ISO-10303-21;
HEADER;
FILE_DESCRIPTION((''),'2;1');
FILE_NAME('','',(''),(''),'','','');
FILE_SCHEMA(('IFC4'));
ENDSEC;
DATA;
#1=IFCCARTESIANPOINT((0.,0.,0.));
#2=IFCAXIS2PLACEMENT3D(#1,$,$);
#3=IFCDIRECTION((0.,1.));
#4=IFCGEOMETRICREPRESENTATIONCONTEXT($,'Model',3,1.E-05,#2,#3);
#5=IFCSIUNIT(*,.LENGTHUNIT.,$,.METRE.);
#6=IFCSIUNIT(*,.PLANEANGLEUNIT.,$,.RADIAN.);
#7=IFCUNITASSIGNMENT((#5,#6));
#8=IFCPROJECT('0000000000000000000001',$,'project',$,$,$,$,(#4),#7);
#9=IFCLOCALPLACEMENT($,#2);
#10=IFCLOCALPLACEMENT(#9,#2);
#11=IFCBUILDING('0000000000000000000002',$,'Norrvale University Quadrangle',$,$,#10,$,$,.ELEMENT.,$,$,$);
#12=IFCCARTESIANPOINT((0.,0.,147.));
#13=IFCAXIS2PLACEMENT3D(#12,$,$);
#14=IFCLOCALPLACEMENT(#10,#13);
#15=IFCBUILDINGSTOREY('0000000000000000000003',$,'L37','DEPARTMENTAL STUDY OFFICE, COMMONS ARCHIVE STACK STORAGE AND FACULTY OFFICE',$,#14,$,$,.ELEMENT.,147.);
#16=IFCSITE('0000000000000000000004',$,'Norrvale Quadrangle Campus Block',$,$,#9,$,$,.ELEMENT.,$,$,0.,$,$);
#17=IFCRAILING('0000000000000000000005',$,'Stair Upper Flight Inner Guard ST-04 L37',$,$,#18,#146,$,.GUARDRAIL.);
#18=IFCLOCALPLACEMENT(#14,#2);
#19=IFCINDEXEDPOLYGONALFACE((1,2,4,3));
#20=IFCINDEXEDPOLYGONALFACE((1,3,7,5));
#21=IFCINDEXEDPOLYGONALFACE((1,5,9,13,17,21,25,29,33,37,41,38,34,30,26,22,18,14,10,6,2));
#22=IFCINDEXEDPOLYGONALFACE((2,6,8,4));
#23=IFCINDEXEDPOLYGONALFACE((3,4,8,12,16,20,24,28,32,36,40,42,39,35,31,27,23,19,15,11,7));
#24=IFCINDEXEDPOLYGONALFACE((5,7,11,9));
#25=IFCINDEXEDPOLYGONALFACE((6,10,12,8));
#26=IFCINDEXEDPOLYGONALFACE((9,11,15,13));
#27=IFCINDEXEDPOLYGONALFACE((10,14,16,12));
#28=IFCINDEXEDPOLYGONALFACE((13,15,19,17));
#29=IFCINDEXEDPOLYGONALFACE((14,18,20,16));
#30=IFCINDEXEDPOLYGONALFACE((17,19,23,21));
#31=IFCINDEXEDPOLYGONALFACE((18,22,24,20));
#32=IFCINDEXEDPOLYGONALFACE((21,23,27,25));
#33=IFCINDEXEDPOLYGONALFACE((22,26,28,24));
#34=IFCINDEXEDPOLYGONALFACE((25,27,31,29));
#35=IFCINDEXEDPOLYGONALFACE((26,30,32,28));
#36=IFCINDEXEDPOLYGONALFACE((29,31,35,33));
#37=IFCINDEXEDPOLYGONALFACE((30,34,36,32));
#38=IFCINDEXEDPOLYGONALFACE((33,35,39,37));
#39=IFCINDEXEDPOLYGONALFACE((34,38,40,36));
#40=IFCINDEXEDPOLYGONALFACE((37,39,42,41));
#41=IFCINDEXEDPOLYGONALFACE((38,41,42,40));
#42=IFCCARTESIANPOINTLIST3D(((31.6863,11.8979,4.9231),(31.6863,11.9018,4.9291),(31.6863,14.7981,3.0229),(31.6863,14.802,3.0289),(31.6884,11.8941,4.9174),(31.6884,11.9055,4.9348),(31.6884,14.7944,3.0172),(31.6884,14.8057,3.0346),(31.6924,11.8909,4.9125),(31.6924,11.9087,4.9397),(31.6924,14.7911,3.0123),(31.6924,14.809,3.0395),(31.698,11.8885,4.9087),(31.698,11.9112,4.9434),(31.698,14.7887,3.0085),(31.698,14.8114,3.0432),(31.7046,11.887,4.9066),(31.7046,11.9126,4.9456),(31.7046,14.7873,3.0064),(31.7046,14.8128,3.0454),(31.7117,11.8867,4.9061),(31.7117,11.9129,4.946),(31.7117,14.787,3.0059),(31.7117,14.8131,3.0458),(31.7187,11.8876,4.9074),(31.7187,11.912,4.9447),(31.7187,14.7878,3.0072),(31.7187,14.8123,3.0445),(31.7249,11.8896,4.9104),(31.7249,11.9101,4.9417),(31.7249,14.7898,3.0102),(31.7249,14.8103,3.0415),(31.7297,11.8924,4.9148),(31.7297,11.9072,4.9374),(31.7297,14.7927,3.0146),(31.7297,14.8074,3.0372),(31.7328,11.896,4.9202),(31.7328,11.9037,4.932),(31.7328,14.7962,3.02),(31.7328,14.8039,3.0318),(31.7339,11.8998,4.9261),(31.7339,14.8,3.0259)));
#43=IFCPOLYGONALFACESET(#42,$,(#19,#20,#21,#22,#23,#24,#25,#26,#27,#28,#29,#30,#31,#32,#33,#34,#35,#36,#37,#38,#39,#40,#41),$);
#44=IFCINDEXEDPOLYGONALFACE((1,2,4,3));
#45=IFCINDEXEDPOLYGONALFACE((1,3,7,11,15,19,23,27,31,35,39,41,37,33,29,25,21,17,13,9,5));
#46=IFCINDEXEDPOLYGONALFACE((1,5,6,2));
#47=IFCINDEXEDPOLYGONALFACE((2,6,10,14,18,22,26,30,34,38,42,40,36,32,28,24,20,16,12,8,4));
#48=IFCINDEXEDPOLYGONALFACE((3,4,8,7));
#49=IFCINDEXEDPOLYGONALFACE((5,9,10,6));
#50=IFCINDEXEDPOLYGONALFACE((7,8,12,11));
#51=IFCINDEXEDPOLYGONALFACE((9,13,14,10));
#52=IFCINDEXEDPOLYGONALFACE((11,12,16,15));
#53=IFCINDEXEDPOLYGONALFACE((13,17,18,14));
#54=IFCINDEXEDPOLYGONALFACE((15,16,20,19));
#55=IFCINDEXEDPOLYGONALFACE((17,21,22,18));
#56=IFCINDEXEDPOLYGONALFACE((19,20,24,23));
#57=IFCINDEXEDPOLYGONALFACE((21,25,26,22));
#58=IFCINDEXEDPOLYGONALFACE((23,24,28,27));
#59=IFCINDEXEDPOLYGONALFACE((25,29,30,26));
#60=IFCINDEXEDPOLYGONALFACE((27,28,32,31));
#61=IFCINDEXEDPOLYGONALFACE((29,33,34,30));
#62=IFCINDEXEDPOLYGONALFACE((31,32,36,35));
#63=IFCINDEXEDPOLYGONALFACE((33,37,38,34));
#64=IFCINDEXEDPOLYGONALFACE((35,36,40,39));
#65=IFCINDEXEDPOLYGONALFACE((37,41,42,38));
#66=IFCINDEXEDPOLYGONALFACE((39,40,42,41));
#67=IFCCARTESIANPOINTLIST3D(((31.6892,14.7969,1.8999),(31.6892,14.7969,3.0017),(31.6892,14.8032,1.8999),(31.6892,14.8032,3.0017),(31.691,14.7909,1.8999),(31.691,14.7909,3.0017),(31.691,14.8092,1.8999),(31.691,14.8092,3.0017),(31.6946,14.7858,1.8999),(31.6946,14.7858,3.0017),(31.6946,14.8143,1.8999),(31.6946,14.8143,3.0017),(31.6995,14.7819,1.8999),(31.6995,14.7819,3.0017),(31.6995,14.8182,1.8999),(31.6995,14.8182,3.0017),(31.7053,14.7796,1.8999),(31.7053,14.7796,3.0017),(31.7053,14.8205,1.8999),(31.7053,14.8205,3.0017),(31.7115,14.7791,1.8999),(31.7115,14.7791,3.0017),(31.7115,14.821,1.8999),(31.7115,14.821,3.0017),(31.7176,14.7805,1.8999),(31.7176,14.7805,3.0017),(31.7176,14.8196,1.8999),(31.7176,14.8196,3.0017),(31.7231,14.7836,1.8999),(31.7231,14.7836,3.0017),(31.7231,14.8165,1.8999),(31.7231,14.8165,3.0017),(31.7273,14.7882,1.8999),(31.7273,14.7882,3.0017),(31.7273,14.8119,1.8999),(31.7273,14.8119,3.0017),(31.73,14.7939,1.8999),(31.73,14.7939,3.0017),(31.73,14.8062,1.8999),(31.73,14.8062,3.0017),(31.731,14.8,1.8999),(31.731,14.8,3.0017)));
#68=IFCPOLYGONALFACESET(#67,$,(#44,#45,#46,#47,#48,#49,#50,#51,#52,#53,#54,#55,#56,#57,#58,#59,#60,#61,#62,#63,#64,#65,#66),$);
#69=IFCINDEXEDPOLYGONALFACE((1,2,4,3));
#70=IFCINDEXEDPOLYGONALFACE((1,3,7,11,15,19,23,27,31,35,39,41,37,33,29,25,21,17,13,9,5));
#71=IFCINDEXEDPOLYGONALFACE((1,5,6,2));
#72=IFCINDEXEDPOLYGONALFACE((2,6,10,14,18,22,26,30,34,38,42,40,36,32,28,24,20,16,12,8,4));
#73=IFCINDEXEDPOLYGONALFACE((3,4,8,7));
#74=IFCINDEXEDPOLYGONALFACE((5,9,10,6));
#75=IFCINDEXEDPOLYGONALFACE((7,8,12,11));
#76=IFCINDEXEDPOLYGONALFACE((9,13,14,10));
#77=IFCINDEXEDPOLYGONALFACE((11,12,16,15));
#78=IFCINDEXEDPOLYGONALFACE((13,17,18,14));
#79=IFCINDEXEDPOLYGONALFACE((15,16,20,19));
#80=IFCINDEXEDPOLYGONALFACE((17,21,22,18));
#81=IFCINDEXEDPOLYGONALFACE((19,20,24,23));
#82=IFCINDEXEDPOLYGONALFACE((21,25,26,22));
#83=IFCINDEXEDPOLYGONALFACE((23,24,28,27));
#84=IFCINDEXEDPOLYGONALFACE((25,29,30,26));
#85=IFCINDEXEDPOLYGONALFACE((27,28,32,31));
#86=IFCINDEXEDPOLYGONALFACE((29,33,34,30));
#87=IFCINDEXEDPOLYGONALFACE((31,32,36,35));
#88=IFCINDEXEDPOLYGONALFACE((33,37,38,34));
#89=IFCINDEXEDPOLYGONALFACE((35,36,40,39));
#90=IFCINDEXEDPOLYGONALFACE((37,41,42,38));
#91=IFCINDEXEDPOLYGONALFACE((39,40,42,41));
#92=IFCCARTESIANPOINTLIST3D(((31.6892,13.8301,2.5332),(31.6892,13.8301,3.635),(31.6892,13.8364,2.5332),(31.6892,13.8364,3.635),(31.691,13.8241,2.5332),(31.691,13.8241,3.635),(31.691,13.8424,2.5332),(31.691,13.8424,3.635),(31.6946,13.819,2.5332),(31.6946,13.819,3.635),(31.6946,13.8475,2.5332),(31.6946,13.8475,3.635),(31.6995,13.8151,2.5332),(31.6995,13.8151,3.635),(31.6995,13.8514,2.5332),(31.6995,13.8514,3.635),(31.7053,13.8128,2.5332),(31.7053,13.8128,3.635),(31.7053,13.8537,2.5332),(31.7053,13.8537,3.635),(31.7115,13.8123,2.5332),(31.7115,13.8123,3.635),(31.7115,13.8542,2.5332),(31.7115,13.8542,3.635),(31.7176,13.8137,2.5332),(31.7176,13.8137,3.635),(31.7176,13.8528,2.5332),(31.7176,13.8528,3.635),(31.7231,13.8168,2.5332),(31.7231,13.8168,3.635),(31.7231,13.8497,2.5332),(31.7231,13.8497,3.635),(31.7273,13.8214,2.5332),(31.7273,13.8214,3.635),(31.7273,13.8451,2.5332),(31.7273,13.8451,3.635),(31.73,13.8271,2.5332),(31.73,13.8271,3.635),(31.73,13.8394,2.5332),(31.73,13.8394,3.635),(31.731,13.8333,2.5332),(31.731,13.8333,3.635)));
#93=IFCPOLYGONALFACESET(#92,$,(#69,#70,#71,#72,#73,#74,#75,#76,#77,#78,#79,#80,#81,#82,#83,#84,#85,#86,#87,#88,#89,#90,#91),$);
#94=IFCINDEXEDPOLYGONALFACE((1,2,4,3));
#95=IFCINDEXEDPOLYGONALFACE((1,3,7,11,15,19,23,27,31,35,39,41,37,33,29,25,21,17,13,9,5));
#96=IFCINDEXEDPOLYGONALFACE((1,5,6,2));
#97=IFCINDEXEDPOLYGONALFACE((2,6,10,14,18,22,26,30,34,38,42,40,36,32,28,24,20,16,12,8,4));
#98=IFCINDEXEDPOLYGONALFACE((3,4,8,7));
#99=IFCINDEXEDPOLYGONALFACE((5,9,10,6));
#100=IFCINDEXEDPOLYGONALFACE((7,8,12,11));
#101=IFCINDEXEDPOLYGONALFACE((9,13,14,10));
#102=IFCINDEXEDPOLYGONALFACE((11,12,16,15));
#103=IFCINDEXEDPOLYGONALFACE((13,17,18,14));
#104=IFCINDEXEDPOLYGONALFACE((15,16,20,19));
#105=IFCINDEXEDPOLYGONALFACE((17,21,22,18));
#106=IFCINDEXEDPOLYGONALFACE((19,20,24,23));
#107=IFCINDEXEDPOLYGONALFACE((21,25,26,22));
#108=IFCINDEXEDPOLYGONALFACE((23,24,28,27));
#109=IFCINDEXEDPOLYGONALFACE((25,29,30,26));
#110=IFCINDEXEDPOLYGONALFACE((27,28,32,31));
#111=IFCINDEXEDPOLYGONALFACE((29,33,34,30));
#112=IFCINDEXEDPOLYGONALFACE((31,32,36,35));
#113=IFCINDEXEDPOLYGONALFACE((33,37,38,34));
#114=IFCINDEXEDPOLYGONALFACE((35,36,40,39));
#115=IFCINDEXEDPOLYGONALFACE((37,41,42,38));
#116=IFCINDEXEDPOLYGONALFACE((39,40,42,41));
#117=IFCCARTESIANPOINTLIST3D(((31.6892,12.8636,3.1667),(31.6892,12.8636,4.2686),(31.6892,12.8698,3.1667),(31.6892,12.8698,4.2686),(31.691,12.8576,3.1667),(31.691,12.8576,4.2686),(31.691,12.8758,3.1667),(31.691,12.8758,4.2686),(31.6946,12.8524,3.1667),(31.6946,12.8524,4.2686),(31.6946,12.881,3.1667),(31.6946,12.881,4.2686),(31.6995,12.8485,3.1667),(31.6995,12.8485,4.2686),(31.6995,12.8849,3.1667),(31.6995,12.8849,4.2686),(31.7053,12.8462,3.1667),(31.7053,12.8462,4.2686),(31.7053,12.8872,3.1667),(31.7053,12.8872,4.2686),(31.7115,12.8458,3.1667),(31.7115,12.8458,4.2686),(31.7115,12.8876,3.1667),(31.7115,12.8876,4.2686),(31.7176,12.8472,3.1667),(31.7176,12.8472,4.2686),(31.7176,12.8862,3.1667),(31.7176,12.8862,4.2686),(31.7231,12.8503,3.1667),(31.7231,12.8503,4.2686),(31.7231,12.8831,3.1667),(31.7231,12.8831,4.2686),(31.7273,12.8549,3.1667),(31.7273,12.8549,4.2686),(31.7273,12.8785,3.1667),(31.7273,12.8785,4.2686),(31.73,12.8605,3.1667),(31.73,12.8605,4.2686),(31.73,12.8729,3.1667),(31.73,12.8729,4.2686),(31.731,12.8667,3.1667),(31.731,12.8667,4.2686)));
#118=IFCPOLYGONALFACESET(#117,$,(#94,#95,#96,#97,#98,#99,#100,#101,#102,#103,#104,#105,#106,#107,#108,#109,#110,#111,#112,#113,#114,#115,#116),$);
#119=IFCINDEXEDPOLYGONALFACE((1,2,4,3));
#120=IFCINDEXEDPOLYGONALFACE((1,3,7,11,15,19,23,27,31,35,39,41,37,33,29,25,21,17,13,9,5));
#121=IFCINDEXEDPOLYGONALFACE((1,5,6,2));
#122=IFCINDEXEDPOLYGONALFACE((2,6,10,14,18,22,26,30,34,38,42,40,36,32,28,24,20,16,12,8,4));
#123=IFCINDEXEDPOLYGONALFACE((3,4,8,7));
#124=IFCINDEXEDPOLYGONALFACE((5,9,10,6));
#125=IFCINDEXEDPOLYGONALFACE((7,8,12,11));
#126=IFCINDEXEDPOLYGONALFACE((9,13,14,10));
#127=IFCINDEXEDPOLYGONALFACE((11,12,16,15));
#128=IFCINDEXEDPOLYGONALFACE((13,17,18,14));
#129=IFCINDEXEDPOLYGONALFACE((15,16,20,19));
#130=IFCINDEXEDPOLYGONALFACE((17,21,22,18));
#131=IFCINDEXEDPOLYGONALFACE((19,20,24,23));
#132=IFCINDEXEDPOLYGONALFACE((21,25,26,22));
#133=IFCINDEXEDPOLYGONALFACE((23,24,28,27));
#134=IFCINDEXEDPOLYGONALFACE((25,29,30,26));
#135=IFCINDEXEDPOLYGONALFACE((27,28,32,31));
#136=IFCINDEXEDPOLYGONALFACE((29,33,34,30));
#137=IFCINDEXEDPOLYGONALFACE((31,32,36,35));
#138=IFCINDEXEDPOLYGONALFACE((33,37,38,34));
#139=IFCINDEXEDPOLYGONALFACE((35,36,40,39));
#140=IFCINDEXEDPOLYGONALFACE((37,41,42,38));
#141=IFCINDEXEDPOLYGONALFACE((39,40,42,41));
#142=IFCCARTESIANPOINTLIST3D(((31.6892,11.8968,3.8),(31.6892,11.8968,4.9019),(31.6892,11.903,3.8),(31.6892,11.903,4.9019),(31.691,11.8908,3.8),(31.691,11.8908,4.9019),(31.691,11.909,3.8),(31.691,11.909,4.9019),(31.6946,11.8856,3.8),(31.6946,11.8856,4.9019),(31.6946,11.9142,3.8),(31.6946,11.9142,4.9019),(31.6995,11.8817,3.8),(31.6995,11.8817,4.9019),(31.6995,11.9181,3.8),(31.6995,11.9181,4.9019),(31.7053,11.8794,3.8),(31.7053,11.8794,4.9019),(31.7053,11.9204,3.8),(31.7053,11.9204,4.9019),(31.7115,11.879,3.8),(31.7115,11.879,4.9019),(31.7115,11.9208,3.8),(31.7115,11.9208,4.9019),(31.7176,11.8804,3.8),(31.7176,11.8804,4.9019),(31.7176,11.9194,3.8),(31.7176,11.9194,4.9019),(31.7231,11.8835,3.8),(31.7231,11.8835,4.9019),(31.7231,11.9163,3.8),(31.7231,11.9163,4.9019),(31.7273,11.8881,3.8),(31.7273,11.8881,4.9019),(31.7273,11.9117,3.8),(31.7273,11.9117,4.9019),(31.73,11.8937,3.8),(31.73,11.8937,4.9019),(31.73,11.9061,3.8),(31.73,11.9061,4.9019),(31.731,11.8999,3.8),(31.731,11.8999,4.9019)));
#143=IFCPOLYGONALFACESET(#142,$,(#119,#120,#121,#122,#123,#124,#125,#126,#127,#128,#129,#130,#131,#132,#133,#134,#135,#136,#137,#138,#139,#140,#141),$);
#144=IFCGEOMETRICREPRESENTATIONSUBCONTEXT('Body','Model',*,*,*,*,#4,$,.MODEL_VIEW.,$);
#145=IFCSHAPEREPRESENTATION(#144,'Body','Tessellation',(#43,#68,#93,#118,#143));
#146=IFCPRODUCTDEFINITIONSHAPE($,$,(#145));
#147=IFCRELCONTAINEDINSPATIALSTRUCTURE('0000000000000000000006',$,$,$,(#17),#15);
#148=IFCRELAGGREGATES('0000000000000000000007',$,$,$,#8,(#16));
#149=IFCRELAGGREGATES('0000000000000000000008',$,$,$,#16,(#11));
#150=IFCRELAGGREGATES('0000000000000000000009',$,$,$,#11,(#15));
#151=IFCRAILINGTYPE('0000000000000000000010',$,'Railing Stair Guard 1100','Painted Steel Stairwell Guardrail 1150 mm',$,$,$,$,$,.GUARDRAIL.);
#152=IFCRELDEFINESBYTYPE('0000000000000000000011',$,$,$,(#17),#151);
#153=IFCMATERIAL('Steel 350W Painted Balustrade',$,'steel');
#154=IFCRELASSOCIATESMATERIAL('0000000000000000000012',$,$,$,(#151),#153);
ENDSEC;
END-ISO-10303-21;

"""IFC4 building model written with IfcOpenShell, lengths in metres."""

from ifc_helpers import new_model, si_unit, direction, frame, origin, origin_2d, place, context, subcontext, project, spatial, circle, extrude, material, type_object, element, save


model = new_model("IFC4")

# Units and contexts
model_context = context("Model", 3, precision=1e-05, world=origin(), true_north=direction((0.0, 1.0)))
body_context = subcontext(model_context, "Body", "Model", "MODEL_VIEW")
ifc_project = project(units=[si_unit("LENGTHUNIT", "METRE"), si_unit("PLANEANGLEUNIT", "RADIAN")], contexts=[model_context])

# Site, building, storey
site_placement = place(None, origin())
site = spatial("IfcSite", under=ifc_project, at=site_placement, Name="Norrvale Quadrangle Campus Block", CompositionType="ELEMENT", RefElevation=0.0)
building_placement = place(site_placement, origin())
building = spatial("IfcBuilding", under=site, at=building_placement, Name="Norrvale University Quadrangle", CompositionType="ELEMENT")
storey_placement = place(building_placement, frame((0.0, 0.0, 147.0)))
storey = spatial("IfcBuildingStorey", under=building, at=storey_placement, Name="L37", Description="DEPARTMENTAL STUDY OFFICE, COMMONS ARCHIVE STACK STORAGE AND FACULTY OFFICE", CompositionType="ELEMENT", Elevation=147.0)

# Railing
ifc_material_1 = material(Name="Steel 350W Painted Balustrade", Category="steel")
railing_type_1 = type_object("IfcRailingType", Name="Railing Stair Guard 1100", Description="Painted Steel Stairwell Guardrail 1150 mm", PredefinedType="GUARDRAIL", material=ifc_material_1)
railing_1_placement = place(storey_placement, frame((31.71, 14.8, 1.8999)))
element("IfcRailing", 1, at=railing_1_placement, inside=storey, type_object=railing_type_1, Name="Stair Upper Flight Inner Guard ST-04 L37", PredefinedType="GUARDRAIL", context=body_context, shape_type="SweptSolid", body=[
    extrude(circle(Radius=0.0239, at=origin_2d()), frame((0.0, 0.0, 1.126), z_axis=(0.0, -0.836454, 0.548036), x_axis=(1.0, 0.0, 0.0)), (0.0, 0.0, 1.0), 3.4673),
    extrude(circle(Radius=0.021, at=origin_2d()), origin(), (0.0, 0.0, 1.0), 1.1018),
    extrude(circle(Radius=0.021, at=origin_2d()), frame((0.0, -0.9668, 0.6333)), (0.0, 0.0, 1.0), 1.1018),
    extrude(circle(Radius=0.021, at=origin_2d()), frame((0.0, -1.9333, 1.2668)), (0.0, 0.0, 1.0), 1.1018),
    extrude(circle(Radius=0.021, at=origin_2d()), frame((0.0, -2.9001, 1.9001)), (0.0, 0.0, 1.0), 1.1018),
])

save(model, "model.ifc")
